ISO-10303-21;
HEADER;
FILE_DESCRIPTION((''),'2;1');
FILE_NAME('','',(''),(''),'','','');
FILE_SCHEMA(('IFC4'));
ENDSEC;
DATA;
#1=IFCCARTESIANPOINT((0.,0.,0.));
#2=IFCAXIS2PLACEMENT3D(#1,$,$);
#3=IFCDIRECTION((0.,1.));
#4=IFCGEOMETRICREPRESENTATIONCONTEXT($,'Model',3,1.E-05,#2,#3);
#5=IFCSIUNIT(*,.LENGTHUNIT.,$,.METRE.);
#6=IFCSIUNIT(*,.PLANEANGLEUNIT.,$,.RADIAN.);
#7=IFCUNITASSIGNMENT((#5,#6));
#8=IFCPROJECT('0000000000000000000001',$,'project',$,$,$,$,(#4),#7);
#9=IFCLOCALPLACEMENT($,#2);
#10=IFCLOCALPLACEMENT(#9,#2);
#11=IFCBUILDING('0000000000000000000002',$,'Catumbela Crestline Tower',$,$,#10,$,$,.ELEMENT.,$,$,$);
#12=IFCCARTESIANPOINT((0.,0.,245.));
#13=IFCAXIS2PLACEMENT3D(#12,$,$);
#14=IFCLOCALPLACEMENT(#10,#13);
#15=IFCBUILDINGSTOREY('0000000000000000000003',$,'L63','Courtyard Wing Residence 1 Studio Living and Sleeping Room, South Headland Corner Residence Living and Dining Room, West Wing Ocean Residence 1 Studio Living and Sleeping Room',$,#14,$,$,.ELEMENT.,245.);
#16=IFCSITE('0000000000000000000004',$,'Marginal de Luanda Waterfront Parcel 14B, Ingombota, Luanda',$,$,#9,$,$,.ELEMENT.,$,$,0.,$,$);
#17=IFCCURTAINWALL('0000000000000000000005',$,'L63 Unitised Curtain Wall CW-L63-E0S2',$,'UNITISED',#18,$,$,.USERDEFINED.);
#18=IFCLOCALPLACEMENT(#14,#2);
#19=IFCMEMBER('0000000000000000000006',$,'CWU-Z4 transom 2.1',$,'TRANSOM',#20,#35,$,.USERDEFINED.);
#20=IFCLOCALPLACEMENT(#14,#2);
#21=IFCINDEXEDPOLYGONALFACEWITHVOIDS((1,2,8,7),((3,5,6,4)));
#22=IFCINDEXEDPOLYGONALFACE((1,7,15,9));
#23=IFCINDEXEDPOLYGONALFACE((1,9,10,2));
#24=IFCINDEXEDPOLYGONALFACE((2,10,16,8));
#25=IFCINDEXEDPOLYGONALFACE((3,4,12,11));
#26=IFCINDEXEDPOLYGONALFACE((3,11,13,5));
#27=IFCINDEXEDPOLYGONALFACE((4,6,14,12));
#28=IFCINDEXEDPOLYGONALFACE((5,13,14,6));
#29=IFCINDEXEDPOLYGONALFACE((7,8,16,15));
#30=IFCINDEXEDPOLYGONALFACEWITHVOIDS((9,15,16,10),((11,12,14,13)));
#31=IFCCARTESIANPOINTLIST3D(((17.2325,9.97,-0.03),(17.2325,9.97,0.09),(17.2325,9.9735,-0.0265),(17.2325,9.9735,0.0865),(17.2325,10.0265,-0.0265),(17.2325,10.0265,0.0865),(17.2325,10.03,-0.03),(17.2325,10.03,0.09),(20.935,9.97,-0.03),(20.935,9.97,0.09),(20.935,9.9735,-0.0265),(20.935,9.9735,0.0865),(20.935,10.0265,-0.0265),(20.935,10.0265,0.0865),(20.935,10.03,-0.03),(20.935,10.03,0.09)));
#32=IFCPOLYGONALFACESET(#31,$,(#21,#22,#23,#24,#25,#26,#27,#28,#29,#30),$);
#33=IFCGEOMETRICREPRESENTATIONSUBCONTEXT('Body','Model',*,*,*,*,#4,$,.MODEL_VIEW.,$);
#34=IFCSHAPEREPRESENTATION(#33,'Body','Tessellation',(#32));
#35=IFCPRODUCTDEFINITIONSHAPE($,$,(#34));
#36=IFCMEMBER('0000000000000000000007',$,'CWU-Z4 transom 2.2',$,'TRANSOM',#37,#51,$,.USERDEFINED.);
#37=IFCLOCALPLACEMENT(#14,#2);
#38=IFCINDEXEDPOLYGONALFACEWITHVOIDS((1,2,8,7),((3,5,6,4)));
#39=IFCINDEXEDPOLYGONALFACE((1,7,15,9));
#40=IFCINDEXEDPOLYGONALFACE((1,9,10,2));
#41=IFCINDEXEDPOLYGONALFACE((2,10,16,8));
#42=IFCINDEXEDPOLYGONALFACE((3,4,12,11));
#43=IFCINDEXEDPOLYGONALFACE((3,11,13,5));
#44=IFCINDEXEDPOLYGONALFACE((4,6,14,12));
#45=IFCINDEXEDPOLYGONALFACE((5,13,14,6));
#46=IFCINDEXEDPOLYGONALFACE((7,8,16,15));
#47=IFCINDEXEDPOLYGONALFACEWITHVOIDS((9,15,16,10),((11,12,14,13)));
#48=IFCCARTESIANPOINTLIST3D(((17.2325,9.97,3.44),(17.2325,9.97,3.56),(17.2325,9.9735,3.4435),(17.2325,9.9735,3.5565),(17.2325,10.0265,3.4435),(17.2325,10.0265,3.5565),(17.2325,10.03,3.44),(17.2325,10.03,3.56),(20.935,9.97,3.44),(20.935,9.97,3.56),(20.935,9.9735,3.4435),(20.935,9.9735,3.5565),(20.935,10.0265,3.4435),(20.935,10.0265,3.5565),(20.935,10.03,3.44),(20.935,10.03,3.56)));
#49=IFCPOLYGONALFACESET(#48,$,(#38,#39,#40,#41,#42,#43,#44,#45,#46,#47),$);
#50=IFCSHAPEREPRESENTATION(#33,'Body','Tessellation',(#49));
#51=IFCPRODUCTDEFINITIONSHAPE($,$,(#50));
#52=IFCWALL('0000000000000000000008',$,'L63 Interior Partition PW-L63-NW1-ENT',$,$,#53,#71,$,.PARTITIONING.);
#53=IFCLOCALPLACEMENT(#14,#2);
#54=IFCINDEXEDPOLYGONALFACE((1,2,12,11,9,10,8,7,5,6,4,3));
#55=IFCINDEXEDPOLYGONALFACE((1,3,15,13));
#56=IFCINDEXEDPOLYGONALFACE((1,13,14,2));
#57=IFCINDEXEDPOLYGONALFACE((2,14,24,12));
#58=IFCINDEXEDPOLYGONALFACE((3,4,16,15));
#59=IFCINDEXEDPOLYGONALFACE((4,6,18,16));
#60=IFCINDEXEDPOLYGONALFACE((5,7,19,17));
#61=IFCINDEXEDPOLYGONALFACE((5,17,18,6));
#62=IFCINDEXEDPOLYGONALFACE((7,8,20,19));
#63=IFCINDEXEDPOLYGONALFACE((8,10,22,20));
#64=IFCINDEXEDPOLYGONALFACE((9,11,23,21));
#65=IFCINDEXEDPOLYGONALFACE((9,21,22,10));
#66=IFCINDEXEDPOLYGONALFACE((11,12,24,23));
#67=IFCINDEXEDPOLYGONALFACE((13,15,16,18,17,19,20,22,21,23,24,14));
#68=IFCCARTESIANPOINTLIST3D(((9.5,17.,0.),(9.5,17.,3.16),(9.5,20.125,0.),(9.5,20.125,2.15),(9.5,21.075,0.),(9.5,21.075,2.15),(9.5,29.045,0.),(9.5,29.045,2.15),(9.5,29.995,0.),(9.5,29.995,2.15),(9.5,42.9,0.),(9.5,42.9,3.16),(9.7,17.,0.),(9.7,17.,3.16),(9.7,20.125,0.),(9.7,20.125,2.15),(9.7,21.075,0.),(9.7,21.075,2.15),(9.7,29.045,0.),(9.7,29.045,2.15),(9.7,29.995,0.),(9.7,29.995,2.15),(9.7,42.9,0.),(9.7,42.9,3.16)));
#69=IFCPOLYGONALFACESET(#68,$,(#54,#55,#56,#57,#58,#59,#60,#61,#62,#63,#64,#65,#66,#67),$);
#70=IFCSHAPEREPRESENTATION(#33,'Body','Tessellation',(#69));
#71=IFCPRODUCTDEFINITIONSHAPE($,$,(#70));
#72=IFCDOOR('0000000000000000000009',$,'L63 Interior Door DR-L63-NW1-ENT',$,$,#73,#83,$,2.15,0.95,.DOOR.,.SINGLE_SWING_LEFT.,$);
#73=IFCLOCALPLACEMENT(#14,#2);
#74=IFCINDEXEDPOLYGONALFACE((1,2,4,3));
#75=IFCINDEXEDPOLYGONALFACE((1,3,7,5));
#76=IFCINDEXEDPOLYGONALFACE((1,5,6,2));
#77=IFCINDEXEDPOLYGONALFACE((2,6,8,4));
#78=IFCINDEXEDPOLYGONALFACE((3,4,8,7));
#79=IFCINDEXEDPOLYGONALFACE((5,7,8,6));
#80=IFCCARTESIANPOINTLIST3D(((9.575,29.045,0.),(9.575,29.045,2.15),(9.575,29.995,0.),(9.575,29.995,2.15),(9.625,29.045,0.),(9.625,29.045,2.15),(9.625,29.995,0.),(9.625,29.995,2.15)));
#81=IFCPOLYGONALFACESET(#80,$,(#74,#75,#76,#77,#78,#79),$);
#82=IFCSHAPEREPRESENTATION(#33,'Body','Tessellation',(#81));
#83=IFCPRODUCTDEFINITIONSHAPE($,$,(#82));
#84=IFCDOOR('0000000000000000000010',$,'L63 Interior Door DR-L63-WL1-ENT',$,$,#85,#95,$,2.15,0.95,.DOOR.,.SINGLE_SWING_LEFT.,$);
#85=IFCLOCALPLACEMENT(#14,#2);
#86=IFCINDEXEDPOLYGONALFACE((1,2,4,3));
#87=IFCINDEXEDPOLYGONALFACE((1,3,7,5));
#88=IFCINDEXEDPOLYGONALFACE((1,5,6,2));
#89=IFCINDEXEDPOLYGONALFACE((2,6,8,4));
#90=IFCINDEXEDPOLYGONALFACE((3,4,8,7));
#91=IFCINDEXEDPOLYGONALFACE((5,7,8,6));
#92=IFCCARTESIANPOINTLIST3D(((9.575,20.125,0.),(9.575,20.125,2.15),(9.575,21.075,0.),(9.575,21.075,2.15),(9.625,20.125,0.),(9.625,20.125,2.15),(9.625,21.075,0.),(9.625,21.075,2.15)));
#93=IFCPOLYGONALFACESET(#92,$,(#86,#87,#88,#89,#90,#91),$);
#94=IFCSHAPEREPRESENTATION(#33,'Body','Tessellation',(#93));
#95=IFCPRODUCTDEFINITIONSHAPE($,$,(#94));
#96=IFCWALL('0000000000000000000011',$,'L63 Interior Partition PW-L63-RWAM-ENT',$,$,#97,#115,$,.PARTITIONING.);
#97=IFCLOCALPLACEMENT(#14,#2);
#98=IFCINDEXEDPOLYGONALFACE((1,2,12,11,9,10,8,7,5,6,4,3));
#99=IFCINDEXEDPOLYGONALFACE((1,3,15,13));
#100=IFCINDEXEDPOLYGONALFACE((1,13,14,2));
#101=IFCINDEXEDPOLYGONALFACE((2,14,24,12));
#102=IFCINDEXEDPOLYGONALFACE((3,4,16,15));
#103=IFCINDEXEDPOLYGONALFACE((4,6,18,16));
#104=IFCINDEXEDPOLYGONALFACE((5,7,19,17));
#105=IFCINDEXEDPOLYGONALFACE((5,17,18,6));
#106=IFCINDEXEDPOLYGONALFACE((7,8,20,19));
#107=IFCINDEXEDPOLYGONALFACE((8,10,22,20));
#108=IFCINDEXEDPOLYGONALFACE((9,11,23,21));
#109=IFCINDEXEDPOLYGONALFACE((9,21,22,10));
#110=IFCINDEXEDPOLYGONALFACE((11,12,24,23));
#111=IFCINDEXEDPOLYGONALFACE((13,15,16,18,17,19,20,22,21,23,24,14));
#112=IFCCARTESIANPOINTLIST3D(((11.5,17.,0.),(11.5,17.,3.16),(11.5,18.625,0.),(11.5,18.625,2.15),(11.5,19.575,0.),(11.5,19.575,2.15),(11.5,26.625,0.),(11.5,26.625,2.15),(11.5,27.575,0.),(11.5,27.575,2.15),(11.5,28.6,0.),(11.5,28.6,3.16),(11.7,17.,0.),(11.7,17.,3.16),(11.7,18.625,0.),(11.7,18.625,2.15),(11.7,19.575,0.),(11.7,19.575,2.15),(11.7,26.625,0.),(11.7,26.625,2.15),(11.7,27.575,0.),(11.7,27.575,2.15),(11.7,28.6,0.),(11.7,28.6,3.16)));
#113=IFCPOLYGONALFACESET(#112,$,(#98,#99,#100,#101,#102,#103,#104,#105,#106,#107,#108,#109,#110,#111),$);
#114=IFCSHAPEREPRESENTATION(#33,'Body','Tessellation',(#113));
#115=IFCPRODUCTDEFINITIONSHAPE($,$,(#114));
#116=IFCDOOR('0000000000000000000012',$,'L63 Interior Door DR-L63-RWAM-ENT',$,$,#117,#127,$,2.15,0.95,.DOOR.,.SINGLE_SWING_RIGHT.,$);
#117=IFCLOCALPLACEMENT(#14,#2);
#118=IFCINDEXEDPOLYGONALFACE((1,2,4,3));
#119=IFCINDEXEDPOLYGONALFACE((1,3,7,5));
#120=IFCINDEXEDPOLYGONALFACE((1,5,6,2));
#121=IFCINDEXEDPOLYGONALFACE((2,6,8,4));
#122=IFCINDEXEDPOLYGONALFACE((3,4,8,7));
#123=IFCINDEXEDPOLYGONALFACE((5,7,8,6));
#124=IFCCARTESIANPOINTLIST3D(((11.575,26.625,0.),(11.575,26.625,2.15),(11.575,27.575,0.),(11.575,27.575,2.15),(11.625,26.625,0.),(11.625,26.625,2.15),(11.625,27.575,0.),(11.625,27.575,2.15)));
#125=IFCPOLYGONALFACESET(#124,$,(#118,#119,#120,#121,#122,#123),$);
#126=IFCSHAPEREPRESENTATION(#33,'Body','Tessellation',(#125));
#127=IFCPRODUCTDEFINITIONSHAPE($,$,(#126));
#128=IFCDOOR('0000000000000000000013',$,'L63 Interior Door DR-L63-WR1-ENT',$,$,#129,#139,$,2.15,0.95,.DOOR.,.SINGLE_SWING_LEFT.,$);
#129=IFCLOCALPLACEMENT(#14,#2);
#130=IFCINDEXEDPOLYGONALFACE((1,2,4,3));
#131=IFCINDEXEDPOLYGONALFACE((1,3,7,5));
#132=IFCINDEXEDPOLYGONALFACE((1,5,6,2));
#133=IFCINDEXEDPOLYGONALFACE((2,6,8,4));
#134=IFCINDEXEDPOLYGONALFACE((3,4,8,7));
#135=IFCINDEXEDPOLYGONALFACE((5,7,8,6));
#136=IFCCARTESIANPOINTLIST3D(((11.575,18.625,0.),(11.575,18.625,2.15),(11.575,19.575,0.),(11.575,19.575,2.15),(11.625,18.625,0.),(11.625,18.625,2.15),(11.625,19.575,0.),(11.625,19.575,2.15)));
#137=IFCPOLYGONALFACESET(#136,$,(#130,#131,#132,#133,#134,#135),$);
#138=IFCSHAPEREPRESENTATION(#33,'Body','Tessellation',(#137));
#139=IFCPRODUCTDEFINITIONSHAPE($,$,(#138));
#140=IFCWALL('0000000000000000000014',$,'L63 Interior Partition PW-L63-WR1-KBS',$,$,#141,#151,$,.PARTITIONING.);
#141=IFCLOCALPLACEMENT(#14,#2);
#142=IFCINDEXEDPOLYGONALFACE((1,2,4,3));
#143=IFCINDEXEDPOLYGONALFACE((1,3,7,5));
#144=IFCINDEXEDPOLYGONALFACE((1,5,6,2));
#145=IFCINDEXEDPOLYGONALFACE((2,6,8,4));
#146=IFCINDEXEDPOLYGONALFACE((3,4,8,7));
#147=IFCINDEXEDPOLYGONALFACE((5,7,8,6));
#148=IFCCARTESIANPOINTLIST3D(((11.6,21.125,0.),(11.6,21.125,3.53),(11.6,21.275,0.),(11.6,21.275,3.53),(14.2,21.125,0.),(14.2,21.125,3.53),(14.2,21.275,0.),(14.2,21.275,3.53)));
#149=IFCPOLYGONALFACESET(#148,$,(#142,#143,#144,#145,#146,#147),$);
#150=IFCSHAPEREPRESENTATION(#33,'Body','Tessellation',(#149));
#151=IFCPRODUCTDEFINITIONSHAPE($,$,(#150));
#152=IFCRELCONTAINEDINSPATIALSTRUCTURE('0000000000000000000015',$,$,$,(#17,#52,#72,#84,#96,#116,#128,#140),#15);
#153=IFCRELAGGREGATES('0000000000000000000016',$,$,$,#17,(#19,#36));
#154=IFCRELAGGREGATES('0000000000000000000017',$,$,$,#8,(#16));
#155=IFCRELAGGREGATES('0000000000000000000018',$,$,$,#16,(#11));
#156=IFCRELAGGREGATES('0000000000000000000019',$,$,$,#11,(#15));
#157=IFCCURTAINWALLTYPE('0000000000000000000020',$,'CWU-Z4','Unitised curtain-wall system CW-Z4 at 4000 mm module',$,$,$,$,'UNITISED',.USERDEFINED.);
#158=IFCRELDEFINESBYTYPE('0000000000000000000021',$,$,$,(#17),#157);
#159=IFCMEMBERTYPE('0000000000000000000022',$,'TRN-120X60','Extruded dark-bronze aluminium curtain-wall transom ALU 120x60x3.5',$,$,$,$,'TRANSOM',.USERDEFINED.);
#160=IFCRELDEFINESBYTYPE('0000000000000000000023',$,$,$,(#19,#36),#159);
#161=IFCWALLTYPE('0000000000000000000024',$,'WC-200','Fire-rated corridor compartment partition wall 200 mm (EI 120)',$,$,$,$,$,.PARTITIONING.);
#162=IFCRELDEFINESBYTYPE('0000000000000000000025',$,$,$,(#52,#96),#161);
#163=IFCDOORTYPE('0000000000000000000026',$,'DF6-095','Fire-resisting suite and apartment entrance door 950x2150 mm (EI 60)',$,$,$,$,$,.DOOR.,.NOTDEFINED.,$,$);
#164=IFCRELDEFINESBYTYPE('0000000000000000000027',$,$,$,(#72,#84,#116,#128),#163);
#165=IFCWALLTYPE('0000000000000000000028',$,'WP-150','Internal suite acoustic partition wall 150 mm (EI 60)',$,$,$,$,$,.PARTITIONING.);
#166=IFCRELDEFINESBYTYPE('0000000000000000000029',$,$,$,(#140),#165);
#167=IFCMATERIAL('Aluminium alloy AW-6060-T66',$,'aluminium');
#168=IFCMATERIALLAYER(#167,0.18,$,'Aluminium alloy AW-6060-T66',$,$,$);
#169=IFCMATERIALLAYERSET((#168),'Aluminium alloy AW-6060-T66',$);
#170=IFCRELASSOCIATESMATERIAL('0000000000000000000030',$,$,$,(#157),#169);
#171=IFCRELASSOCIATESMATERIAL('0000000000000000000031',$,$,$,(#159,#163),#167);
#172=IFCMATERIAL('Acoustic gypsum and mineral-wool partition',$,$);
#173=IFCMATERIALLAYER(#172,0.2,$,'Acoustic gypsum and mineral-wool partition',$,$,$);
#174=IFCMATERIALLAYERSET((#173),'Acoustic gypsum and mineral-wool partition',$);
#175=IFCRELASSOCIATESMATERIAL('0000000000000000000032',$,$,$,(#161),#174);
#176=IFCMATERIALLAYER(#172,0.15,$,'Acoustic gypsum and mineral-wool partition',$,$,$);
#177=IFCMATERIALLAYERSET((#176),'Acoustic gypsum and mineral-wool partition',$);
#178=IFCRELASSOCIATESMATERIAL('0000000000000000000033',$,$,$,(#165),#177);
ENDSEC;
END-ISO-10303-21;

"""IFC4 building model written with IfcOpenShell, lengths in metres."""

from ifc_helpers import new_model, si_unit, direction, frame, frame_2d, origin, origin_2d, place, context, subcontext, project, spatial, rectangle, hollow_rectangle, extrude, material, layer, layer_set, material_profile, profile_set, type_object, element, fill, aggregate, save


model = new_model("IFC4")

# Units and contexts
model_context = context("Model", 3, precision=1e-05, world=origin(), true_north=direction((0.0, 1.0)))
body_context = subcontext(model_context, "Body", "Model", "MODEL_VIEW")
ifc_project = project(units=[si_unit("LENGTHUNIT", "METRE"), si_unit("PLANEANGLEUNIT", "RADIAN")], contexts=[model_context])

# Site, building, storey
site_placement = place(None, origin())
site = spatial("IfcSite", under=ifc_project, at=site_placement, Name="Marginal de Luanda Waterfront Parcel 14B, Ingombota, Luanda", CompositionType="ELEMENT", RefElevation=0.0)
building_placement = place(site_placement, origin())
building = spatial("IfcBuilding", under=site, at=building_placement, Name="Catumbela Crestline Tower", CompositionType="ELEMENT")
storey_placement = place(building_placement, frame((0.0, 0.0, 245.0)))
storey = spatial("IfcBuildingStorey", under=building, at=storey_placement, Name="L63", Description="Courtyard Wing Residence 1 Studio Living and Sleeping Room, South Headland Corner Residence Living and Dining Room, West Wing Ocean Residence 1 Studio Living and Sleeping Room", CompositionType="ELEMENT", Elevation=245.0)

# Curtain wall, members
ifc_material_1 = material(Name="Aluminium alloy AW-6060-T66", Category="aluminium")
ifc_layer_1 = layer(ifc_material_1, 0.18, Name="Aluminium alloy AW-6060-T66")
ifc_layer_set_1 = layer_set([ifc_layer_1], Name="Aluminium alloy AW-6060-T66")
curtain_wall_type = type_object("IfcCurtainWallType", Name="CWU-Z4", Description="Unitised curtain-wall system CW-Z4 at 4000 mm module", ElementType="UNITISED", PredefinedType="USERDEFINED", material=ifc_layer_set_1)
curtain_wall_placement = place(storey_placement, origin())
curtain_wall = element("IfcCurtainWall", 1, at=curtain_wall_placement, inside=storey, type_object=curtain_wall_type, Name="L63 Unitised Curtain Wall CW-L63-E0S2", ObjectType="UNITISED", PredefinedType="USERDEFINED")
ifc_material_profile_1 = material_profile(ifc_material_1, hollow_rectangle(XDim=0.06, YDim=0.12, WallThickness=0.0035, at=origin_2d()), Name="ALU 120x60x3.5")
ifc_profile_set_1 = profile_set([ifc_material_profile_1], Name="Aluminium alloy AW-6060-T66")
member_type = type_object("IfcMemberType", Name="TRN-120X60", Description="Extruded dark-bronze aluminium curtain-wall transom ALU 120x60x3.5", ElementType="TRANSOM", PredefinedType="USERDEFINED", material=ifc_profile_set_1)
member_1_placement = place(storey_placement, frame((17.2325, 10.0, 0.03), z_axis=(1.0, 0.0, 0.0), x_axis=(0.0, 1.0, 0.0)))
member_1 = element("IfcMember", 2, at=member_1_placement, type_object=member_type, Name="CWU-Z4 transom 2.1", ObjectType="TRANSOM", PredefinedType="USERDEFINED", context=body_context, shape_type="SweptSolid", body=[
    extrude(hollow_rectangle(XDim=0.06, YDim=0.12, WallThickness=0.0035, at=origin_2d()), origin(), (0.0, 0.0, 1.0), 3.7025),
])
member_2_placement = place(storey_placement, frame((17.2325, 10.0, 3.5), z_axis=(1.0, 0.0, 0.0), x_axis=(0.0, 1.0, 0.0)))
member_2 = element("IfcMember", 3, at=member_2_placement, type_object=member_type, Name="CWU-Z4 transom 2.2", ObjectType="TRANSOM", PredefinedType="USERDEFINED", context=body_context, shape_type="SweptSolid", body=[
    extrude(hollow_rectangle(XDim=0.06, YDim=0.12, WallThickness=0.0035, at=origin_2d()), origin(), (0.0, 0.0, 1.0), 3.7025),
])
aggregate(curtain_wall, [member_1, member_2])

# Walls, openings, doors
ifc_material_2 = material(Name="Acoustic gypsum and mineral-wool partition")
ifc_layer_2 = layer(ifc_material_2, 0.2, Name="Acoustic gypsum and mineral-wool partition")
ifc_layer_set_2 = layer_set([ifc_layer_2], Name="Acoustic gypsum and mineral-wool partition")
wall_type_1 = type_object("IfcWallType", Name="WC-200", Description="Fire-rated corridor compartment partition wall 200 mm (EI 120)", PredefinedType="PARTITIONING", material=ifc_layer_set_2)
wall_1_placement = place(storey_placement, frame((9.6, 17.0, 0.0), z_axis=(0.0, 0.0, 1.0), x_axis=(0.0, 1.0, 0.0)))
wall_1 = element("IfcWall", 4, at=wall_1_placement, inside=storey, type_object=wall_type_1, Name="L63 Interior Partition PW-L63-NW1-ENT", PredefinedType="PARTITIONING", context=body_context, shape_type="SweptSolid", body=[
    extrude(rectangle(XDim=25.9, YDim=0.2, at=frame_2d((12.95, 0.0))), origin(), (0.0, 0.0, 1.0), 3.16),
])
opening_1_placement = place(wall_1_placement, frame((12.045, 0.0, 0.0)))
opening_1 = element("IfcOpeningElement", 5, at=opening_1_placement, cuts=wall_1, PredefinedType="OPENING", context=body_context, shape_type="SweptSolid", body=[
    extrude(rectangle(XDim=0.95, YDim=2.15, at=frame_2d((0.475, 1.075))), frame((0.0, 0.11, 0.0), z_axis=(0.0, -1.0, 0.0), x_axis=(1.0, 0.0, 0.0)), (0.0, 0.0, 1.0), 0.22),
])
opening_2_placement = place(wall_1_placement, frame((3.125, 0.0, 0.0)))
opening_2 = element("IfcOpeningElement", 6, at=opening_2_placement, cuts=wall_1, PredefinedType="OPENING", context=body_context, shape_type="SweptSolid", body=[
    extrude(rectangle(XDim=0.95, YDim=2.15, at=frame_2d((0.475, 1.075))), frame((0.0, 0.11, 0.0), z_axis=(0.0, -1.0, 0.0), x_axis=(1.0, 0.0, 0.0)), (0.0, 0.0, 1.0), 0.22),
])
door_type_1 = type_object("IfcDoorType", Name="DF6-095", Description="Fire-resisting suite and apartment entrance door 950x2150 mm (EI 60)", OperationType="NOTDEFINED", PredefinedType="DOOR", material=ifc_material_1)
door_1_placement = place(opening_1_placement, origin())
door_1 = element("IfcDoor", 7, at=door_1_placement, inside=storey, type_object=door_type_1, Name="L63 Interior Door DR-L63-NW1-ENT", OperationType="SINGLE_SWING_LEFT", OverallHeight=2.15, OverallWidth=0.95, PredefinedType="DOOR", context=body_context, shape_type="SweptSolid", body=[
    extrude(rectangle(XDim=0.95, YDim=2.15, at=frame_2d((0.475, 1.075))), frame((0.0, 0.025, 0.0), z_axis=(0.0, -1.0, 0.0), x_axis=(1.0, 0.0, 0.0)), (0.0, 0.0, 1.0), 0.05),
])
fill(opening_1, door_1)
door_2_placement = place(opening_2_placement, origin())
door_2 = element("IfcDoor", 8, at=door_2_placement, inside=storey, type_object=door_type_1, Name="L63 Interior Door DR-L63-WL1-ENT", OperationType="SINGLE_SWING_LEFT", OverallHeight=2.15, OverallWidth=0.95, PredefinedType="DOOR", context=body_context, shape_type="SweptSolid", body=[
    extrude(rectangle(XDim=0.95, YDim=2.15, at=frame_2d((0.475, 1.075))), frame((0.0, 0.025, 0.0), z_axis=(0.0, -1.0, 0.0), x_axis=(1.0, 0.0, 0.0)), (0.0, 0.0, 1.0), 0.05),
])
fill(opening_2, door_2)
wall_2_placement = place(storey_placement, frame((11.6, 17.0, 0.0), z_axis=(0.0, 0.0, 1.0), x_axis=(0.0, 1.0, 0.0)))
wall_2 = element("IfcWall", 9, at=wall_2_placement, inside=storey, type_object=wall_type_1, Name="L63 Interior Partition PW-L63-RWAM-ENT", PredefinedType="PARTITIONING", context=body_context, shape_type="SweptSolid", body=[
    extrude(rectangle(XDim=11.6, YDim=0.2, at=frame_2d((5.8, 0.0))), origin(), (0.0, 0.0, 1.0), 3.16),
])
opening_3_placement = place(wall_2_placement, frame((9.625, 0.0, 0.0)))
opening_3 = element("IfcOpeningElement", 10, at=opening_3_placement, cuts=wall_2, PredefinedType="OPENING", context=body_context, shape_type="SweptSolid", body=[
    extrude(rectangle(XDim=0.95, YDim=2.15, at=frame_2d((0.475, 1.075))), frame((0.0, 0.11, 0.0), z_axis=(0.0, -1.0, 0.0), x_axis=(1.0, 0.0, 0.0)), (0.0, 0.0, 1.0), 0.22),
])
opening_4_placement = place(wall_2_placement, frame((1.625, 0.0, 0.0)))
opening_4 = element("IfcOpeningElement", 11, at=opening_4_placement, cuts=wall_2, PredefinedType="OPENING", context=body_context, shape_type="SweptSolid", body=[
    extrude(rectangle(XDim=0.95, YDim=2.15, at=frame_2d((0.475, 1.075))), frame((0.0, 0.11, 0.0), z_axis=(0.0, -1.0, 0.0), x_axis=(1.0, 0.0, 0.0)), (0.0, 0.0, 1.0), 0.22),
])
door_3_placement = place(opening_3_placement, origin())
door_3 = element("IfcDoor", 12, at=door_3_placement, inside=storey, type_object=door_type_1, Name="L63 Interior Door DR-L63-RWAM-ENT", OperationType="SINGLE_SWING_RIGHT", OverallHeight=2.15, OverallWidth=0.95, PredefinedType="DOOR", context=body_context, shape_type="SweptSolid", body=[
    extrude(rectangle(XDim=0.95, YDim=2.15, at=frame_2d((0.475, 1.075))), frame((0.0, 0.025, 0.0), z_axis=(0.0, -1.0, 0.0), x_axis=(1.0, 0.0, 0.0)), (0.0, 0.0, 1.0), 0.05),
])
fill(opening_3, door_3)
door_4_placement = place(opening_4_placement, origin())
door_4 = element("IfcDoor", 13, at=door_4_placement, inside=storey, type_object=door_type_1, Name="L63 Interior Door DR-L63-WR1-ENT", OperationType="SINGLE_SWING_LEFT", OverallHeight=2.15, OverallWidth=0.95, PredefinedType="DOOR", context=body_context, shape_type="SweptSolid", body=[
    extrude(rectangle(XDim=0.95, YDim=2.15, at=frame_2d((0.475, 1.075))), frame((0.0, 0.025, 0.0), z_axis=(0.0, -1.0, 0.0), x_axis=(1.0, 0.0, 0.0)), (0.0, 0.0, 1.0), 0.05),
])
fill(opening_4, door_4)

# Wall
ifc_layer_3 = layer(ifc_material_2, 0.15, Name="Acoustic gypsum and mineral-wool partition")
ifc_layer_set_3 = layer_set([ifc_layer_3], Name="Acoustic gypsum and mineral-wool partition")
wall_type_2 = type_object("IfcWallType", Name="WP-150", Description="Internal suite acoustic partition wall 150 mm (EI 60)", PredefinedType="PARTITIONING", material=ifc_layer_set_3)
wall_3_placement = place(storey_placement, frame((11.6, 21.2, 0.0), z_axis=(0.0, 0.0, 1.0), x_axis=(1.0, 0.0, 0.0)))
element("IfcWall", 14, at=wall_3_placement, inside=storey, type_object=wall_type_2, Name="L63 Interior Partition PW-L63-WR1-KBS", PredefinedType="PARTITIONING", context=body_context, shape_type="SweptSolid", body=[
    extrude(rectangle(XDim=2.6, YDim=0.15, at=frame_2d((1.3, 0.0))), origin(), (0.0, 0.0, 1.0), 3.53),
])

save(model, "model.ifc")
